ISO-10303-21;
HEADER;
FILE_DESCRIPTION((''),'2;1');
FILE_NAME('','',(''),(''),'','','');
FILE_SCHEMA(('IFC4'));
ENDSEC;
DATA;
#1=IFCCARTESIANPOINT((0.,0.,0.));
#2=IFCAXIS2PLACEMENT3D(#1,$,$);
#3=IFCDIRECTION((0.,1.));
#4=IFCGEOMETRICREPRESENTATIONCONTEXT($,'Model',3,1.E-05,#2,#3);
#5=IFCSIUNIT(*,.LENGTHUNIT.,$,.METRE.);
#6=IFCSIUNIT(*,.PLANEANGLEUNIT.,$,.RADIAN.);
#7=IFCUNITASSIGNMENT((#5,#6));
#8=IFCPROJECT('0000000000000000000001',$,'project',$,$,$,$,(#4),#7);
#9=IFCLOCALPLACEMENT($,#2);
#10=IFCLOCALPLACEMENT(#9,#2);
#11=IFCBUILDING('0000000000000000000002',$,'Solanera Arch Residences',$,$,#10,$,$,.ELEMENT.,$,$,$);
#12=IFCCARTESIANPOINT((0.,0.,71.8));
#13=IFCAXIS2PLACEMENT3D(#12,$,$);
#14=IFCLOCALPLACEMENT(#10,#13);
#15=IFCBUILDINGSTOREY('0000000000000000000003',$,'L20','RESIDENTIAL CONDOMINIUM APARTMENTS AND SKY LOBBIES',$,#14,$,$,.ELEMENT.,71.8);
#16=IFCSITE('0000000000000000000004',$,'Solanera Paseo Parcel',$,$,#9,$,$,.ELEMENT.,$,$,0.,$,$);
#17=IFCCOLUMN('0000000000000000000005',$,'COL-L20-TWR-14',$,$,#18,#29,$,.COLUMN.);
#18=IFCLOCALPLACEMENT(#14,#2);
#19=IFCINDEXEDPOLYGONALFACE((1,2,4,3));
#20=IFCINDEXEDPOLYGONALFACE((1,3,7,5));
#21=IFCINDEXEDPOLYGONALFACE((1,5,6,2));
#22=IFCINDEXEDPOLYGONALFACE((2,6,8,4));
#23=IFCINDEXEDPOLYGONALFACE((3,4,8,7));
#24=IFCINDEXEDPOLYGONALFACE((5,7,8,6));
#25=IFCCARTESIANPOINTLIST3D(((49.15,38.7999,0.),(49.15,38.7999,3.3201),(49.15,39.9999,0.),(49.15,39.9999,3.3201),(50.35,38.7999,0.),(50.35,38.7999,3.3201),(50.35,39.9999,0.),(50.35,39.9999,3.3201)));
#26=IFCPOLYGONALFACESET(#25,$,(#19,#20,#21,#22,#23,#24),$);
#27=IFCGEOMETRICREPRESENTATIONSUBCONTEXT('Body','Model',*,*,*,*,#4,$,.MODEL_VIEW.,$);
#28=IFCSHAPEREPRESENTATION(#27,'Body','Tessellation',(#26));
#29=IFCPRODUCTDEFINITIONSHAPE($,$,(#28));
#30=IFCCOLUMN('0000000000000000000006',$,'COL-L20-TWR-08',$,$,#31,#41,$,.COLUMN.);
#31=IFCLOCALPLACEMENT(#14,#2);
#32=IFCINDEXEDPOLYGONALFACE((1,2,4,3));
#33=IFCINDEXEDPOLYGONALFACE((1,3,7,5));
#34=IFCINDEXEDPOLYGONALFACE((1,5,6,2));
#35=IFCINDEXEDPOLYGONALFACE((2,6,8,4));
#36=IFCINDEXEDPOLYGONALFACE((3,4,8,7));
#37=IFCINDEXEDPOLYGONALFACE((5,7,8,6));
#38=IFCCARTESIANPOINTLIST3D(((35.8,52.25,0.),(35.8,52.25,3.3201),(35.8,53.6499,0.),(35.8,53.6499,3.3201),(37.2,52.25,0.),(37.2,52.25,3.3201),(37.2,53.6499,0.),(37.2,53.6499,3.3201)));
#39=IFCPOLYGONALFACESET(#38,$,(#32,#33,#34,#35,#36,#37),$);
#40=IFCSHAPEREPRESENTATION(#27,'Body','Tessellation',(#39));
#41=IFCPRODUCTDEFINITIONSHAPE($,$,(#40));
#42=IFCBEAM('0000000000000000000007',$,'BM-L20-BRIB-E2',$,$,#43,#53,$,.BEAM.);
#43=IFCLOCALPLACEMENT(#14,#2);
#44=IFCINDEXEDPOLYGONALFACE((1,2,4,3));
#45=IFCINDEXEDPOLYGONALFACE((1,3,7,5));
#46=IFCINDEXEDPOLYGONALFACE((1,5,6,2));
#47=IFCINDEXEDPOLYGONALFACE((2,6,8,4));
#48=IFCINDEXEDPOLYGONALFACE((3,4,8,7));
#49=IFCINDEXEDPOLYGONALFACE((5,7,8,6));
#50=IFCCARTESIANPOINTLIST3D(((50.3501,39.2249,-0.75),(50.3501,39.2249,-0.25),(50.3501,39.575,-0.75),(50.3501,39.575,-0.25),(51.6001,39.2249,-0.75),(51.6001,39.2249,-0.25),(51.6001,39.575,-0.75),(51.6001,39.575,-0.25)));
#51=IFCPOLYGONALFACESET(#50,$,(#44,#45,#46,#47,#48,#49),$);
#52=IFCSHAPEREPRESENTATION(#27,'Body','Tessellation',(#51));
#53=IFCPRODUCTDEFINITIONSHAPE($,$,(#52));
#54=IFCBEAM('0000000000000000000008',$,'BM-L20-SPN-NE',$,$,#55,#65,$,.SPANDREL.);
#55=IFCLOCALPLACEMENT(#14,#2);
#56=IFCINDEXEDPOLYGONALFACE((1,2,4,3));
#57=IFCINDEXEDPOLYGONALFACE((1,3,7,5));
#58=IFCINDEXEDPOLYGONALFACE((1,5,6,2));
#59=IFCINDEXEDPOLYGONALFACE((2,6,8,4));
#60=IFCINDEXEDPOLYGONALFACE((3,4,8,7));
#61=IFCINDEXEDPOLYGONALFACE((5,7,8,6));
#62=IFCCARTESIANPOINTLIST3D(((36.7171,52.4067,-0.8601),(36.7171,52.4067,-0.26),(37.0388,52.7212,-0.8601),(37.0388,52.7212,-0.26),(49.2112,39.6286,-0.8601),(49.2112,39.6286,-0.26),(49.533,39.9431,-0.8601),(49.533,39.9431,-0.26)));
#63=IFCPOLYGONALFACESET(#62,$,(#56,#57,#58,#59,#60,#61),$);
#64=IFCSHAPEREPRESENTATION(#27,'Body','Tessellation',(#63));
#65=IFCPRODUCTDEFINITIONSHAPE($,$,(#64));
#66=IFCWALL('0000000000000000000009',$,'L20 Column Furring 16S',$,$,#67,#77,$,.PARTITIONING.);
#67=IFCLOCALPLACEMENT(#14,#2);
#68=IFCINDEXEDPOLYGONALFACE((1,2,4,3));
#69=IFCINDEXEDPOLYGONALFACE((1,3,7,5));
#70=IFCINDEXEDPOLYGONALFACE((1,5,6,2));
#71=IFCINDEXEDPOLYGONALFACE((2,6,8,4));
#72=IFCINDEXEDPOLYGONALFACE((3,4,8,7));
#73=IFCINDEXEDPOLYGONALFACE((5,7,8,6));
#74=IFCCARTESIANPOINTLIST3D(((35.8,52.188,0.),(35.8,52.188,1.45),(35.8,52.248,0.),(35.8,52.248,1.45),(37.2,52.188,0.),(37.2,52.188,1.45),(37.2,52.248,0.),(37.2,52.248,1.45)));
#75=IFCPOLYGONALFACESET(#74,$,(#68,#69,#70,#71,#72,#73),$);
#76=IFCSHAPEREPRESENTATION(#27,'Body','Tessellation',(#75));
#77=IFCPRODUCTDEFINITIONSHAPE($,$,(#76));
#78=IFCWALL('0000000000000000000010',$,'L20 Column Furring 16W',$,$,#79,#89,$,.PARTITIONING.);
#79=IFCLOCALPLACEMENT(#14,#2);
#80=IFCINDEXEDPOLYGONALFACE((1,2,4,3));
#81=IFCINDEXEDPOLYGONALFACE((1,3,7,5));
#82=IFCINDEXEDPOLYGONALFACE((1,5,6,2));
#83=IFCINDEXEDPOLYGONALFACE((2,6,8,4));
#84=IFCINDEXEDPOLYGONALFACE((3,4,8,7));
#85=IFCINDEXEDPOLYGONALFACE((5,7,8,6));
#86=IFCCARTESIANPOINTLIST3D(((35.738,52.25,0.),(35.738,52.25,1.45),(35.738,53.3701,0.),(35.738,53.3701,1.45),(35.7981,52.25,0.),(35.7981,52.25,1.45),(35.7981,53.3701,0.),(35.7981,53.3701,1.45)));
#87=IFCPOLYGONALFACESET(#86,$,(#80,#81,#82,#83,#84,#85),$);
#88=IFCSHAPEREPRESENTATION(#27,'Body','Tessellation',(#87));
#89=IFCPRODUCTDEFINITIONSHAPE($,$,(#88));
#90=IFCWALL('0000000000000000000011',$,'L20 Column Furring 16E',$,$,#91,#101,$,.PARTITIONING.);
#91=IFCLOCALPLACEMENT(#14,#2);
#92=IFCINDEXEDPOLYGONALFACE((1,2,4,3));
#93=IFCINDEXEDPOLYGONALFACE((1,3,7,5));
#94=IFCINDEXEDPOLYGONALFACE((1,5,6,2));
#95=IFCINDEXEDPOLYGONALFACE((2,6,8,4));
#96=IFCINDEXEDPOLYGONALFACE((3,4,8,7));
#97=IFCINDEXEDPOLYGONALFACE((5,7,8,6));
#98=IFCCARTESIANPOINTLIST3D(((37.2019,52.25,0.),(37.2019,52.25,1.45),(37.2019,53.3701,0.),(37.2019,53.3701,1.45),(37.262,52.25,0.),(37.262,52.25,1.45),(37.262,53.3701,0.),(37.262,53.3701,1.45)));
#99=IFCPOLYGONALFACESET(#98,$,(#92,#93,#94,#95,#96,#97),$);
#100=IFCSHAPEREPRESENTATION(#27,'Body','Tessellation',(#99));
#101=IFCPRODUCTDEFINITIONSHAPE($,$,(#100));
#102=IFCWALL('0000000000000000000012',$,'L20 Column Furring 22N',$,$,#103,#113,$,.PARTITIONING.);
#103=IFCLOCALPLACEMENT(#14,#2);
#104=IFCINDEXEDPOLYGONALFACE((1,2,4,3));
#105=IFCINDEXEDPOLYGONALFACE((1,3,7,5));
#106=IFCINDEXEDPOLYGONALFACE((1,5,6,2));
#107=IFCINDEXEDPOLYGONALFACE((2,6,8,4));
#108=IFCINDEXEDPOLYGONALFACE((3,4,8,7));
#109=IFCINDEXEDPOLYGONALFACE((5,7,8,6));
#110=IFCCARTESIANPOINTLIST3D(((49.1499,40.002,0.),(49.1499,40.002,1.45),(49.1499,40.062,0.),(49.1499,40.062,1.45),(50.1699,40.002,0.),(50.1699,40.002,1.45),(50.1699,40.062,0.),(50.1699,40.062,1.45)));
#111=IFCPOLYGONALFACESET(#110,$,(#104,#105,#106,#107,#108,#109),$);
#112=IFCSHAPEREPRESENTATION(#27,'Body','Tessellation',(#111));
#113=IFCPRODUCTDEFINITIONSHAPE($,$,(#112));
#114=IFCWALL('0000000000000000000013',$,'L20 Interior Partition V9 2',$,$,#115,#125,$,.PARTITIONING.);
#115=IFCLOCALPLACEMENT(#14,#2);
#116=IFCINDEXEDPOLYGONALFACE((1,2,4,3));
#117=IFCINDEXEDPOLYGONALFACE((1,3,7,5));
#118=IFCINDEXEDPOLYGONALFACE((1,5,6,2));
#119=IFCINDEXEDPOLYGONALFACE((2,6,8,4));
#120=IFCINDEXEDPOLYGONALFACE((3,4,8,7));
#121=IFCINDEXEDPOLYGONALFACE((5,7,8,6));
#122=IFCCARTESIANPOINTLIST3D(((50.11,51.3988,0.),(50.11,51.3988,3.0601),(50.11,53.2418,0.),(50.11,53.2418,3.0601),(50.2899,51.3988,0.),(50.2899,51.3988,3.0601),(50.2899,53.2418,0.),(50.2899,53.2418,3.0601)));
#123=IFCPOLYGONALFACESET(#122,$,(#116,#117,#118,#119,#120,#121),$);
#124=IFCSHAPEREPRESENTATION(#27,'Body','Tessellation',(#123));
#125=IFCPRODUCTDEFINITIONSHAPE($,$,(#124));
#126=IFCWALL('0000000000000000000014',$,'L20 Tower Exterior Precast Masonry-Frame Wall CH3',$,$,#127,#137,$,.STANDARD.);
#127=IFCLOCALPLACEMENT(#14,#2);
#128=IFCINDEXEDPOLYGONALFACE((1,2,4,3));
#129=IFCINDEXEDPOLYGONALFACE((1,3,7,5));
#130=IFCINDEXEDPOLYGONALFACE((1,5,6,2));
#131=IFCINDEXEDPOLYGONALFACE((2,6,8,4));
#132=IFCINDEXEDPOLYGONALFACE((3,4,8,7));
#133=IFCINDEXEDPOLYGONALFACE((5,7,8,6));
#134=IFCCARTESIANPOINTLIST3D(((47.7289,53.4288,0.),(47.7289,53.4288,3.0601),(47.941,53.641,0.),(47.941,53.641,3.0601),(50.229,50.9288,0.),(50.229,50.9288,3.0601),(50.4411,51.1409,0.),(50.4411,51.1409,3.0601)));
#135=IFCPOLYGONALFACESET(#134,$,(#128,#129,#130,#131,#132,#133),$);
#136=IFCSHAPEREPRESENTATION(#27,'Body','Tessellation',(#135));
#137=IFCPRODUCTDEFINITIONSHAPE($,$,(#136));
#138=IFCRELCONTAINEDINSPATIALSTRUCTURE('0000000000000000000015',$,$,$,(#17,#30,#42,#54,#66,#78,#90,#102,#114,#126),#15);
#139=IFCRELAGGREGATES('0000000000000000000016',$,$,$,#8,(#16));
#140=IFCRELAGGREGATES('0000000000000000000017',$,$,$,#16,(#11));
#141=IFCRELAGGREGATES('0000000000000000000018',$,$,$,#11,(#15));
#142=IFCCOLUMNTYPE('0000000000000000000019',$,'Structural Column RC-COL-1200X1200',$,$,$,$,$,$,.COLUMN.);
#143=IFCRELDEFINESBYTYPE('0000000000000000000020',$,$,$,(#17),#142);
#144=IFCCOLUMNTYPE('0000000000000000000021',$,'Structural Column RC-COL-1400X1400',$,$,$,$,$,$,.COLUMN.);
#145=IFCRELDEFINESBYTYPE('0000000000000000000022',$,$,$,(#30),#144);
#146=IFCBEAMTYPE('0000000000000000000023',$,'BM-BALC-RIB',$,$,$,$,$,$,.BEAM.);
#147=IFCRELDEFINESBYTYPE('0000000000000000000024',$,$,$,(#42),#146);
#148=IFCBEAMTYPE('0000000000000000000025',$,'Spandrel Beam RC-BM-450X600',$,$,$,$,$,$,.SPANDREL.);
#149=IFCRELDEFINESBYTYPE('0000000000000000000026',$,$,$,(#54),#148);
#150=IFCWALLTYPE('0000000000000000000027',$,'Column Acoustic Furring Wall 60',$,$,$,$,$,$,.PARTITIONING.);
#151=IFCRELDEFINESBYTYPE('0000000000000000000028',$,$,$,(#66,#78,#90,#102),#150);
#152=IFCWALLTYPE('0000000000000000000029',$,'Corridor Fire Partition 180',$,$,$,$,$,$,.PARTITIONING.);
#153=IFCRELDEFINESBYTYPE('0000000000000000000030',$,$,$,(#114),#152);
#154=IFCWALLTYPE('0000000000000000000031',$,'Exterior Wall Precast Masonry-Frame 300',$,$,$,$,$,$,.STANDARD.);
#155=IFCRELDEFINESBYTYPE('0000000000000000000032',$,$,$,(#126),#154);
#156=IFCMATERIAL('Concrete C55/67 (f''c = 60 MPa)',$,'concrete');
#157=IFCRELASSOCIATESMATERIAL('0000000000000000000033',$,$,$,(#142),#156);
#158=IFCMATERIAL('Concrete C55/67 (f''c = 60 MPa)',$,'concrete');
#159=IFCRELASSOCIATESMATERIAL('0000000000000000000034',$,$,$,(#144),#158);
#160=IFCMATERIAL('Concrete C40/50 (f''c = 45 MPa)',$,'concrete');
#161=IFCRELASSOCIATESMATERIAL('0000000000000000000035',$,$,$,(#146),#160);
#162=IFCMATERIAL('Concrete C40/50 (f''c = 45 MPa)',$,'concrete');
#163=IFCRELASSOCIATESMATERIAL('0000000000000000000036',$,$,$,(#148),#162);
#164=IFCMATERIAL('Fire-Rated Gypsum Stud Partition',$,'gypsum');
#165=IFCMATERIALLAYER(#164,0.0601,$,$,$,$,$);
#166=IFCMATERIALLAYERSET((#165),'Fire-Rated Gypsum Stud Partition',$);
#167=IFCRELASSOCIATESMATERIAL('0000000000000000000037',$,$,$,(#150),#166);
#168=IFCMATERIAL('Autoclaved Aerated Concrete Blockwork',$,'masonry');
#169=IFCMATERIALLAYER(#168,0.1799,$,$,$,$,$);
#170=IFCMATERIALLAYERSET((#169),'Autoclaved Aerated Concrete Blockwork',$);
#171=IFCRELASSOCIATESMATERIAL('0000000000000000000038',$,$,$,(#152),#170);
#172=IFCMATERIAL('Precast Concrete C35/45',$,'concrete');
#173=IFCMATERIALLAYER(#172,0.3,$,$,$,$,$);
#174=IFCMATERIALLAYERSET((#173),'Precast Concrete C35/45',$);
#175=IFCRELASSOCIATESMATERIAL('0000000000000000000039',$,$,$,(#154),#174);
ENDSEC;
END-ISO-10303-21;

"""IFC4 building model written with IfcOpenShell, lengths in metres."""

from ifc_helpers import new_model, si_unit, direction, frame, frame_2d, origin, origin_2d, place, context, subcontext, project, spatial, rectangle, extrude, material, layer, layer_set, material_profile, profile_set, type_object, element, save


model = new_model("IFC4")

# Units and contexts
model_context = context("Model", 3, precision=1e-05, world=origin(), true_north=direction((0.0, 1.0)))
body_context = subcontext(model_context, "Body", "Model", "MODEL_VIEW")
ifc_project = project(units=[si_unit("LENGTHUNIT", "METRE"), si_unit("PLANEANGLEUNIT", "RADIAN")], contexts=[model_context])

# Site, building, storey
site_placement = place(None, origin())
site = spatial("IfcSite", under=ifc_project, at=site_placement, Name="Solanera Paseo Parcel", CompositionType="ELEMENT", RefElevation=0.0)
building_placement = place(site_placement, origin())
building = spatial("IfcBuilding", under=site, at=building_placement, Name="Solanera Arch Residences", CompositionType="ELEMENT")
storey_placement = place(building_placement, frame((0.0, 0.0, 71.8)))
storey = spatial("IfcBuildingStorey", under=building, at=storey_placement, Name="L20", Description="RESIDENTIAL CONDOMINIUM APARTMENTS AND SKY LOBBIES", CompositionType="ELEMENT", Elevation=71.8)

# Columns
ifc_material_1 = material(Name="Concrete C55/67 (f'c = 60 MPa)", Category="concrete")
ifc_material_profile_1 = material_profile(ifc_material_1, rectangle(XDim=1.2, YDim=1.2, at=origin_2d()))
ifc_profile_set_1 = profile_set([ifc_material_profile_1], Name="Concrete C55/67 (f'c = 60 MPa)")
column_type_1 = type_object("IfcColumnType", Name="Structural Column RC-COL-1200X1200", PredefinedType="COLUMN", material=ifc_profile_set_1)
column_1_placement = place(storey_placement, frame((49.75, 39.3999, 0.0), z_axis=(0.0, 0.0, 1.0), x_axis=(1.0, 0.0, 0.0)))
element("IfcColumn", 1, at=column_1_placement, inside=storey, type_object=column_type_1, Name="COL-L20-TWR-14", PredefinedType="COLUMN", context=body_context, shape_type="SweptSolid", body=[
    extrude(rectangle(XDim=1.2, YDim=1.2, at=origin_2d()), origin(), (0.0, 0.0, 1.0), 3.3201),
])
ifc_material_2 = material(Name="Concrete C55/67 (f'c = 60 MPa)", Category="concrete")
ifc_material_profile_2 = material_profile(ifc_material_2, rectangle(XDim=1.3999, YDim=1.3999, at=origin_2d()))
ifc_profile_set_2 = profile_set([ifc_material_profile_2], Name="Concrete C55/67 (f'c = 60 MPa)")
column_type_2 = type_object("IfcColumnType", Name="Structural Column RC-COL-1400X1400", PredefinedType="COLUMN", material=ifc_profile_set_2)
column_2_placement = place(storey_placement, frame((36.5, 52.95, 0.0), z_axis=(0.0, 0.0, 1.0), x_axis=(1.0, 0.0, 0.0)))
element("IfcColumn", 2, at=column_2_placement, inside=storey, type_object=column_type_2, Name="COL-L20-TWR-08", PredefinedType="COLUMN", context=body_context, shape_type="SweptSolid", body=[
    extrude(rectangle(XDim=1.3999, YDim=1.3999, at=origin_2d()), origin(), (0.0, 0.0, 1.0), 3.3201),
])

# Beams
ifc_material_3 = material(Name="Concrete C40/50 (f'c = 45 MPa)", Category="concrete")
ifc_material_profile_3 = material_profile(ifc_material_3, rectangle(XDim=0.3501, YDim=0.5, at=origin_2d()))
ifc_profile_set_3 = profile_set([ifc_material_profile_3], Name="Concrete C40/50 (f'c = 45 MPa)")
beam_type_1 = type_object("IfcBeamType", Name="BM-BALC-RIB", PredefinedType="BEAM", material=ifc_profile_set_3)
beam_1_placement = place(storey_placement, frame((50.3501, 39.3999, -0.5), z_axis=(1.0, 0.0, 0.0), x_axis=(0.0, 1.0, 0.0)))
element("IfcBeam", 3, at=beam_1_placement, inside=storey, type_object=beam_type_1, Name="BM-L20-BRIB-E2", PredefinedType="BEAM", context=body_context, shape_type="SweptSolid", body=[
    extrude(rectangle(XDim=0.3501, YDim=0.5, at=origin_2d()), origin(), (0.0, 0.0, 1.0), 1.25),
])
ifc_material_4 = material(Name="Concrete C40/50 (f'c = 45 MPa)", Category="concrete")
ifc_material_profile_4 = material_profile(ifc_material_4, rectangle(XDim=0.45, YDim=0.6001, at=origin_2d()))
ifc_profile_set_4 = profile_set([ifc_material_profile_4], Name="Concrete C40/50 (f'c = 45 MPa)")
beam_type_2 = type_object("IfcBeamType", Name="Spandrel Beam RC-BM-450X600", PredefinedType="SPANDREL", material=ifc_profile_set_4)
beam_2_placement = place(storey_placement, frame((36.8779, 52.564, -0.5601), z_axis=(0.699118, -0.715006, 0.0), x_axis=(0.715006, 0.699118, 0.0)))
element("IfcBeam", 4, at=beam_2_placement, inside=storey, type_object=beam_type_2, Name="BM-L20-SPN-NE", PredefinedType="SPANDREL", context=body_context, shape_type="SweptSolid", body=[
    extrude(rectangle(XDim=0.45, YDim=0.6001, at=origin_2d()), origin(), (0.0, 0.0, 1.0), 17.8713),
])

# Walls
ifc_material_5 = material(Name="Fire-Rated Gypsum Stud Partition", Category="gypsum")
ifc_layer_1 = layer(ifc_material_5, 0.0601)
ifc_layer_set_1 = layer_set([ifc_layer_1], Name="Fire-Rated Gypsum Stud Partition")
wall_type_1 = type_object("IfcWallType", Name="Column Acoustic Furring Wall 60", PredefinedType="PARTITIONING", material=ifc_layer_set_1)
wall_1_placement = place(storey_placement, frame((35.8, 52.218, 0.0), z_axis=(0.0, 0.0, 1.0), x_axis=(1.0, 0.0, 0.0)))
element("IfcWall", 5, at=wall_1_placement, inside=storey, type_object=wall_type_1, Name="L20 Column Furring 16S", PredefinedType="PARTITIONING", context=body_context, shape_type="SweptSolid", body=[
    extrude(rectangle(XDim=1.3999, YDim=0.0601, at=frame_2d((0.7, 0.0))), origin(), (0.0, 0.0, 1.0), 1.45),
])
for number, where, z_axis, x_axis, name in (
    (6, (35.7681, 52.25, 0.0), (0.0, 0.0, 1.0), (0.0, 1.0, 0.0), "L20 Column Furring 16W"),
    (7, (37.2319, 52.25, 0.0), (0.0, 0.0, 1.0), (0.0, 1.0, 0.0), "L20 Column Furring 16E"),
):
    element("IfcWall", number, at=place(storey_placement, frame(where, z_axis=z_axis, x_axis=x_axis)), inside=storey, type_object=wall_type_1, Name=name, PredefinedType="PARTITIONING", context=body_context, shape_type="SweptSolid", body=[
        extrude(rectangle(XDim=1.1201, YDim=0.0601, at=frame_2d((0.5601, 0.0))), origin(), (0.0, 0.0, 1.0), 1.45),
    ])
wall_2_placement = place(storey_placement, frame((49.1499, 40.032, 0.0), z_axis=(0.0, 0.0, 1.0), x_axis=(1.0, 0.0, 0.0)))
element("IfcWall", 8, at=wall_2_placement, inside=storey, type_object=wall_type_1, Name="L20 Column Furring 22N", PredefinedType="PARTITIONING", context=body_context, shape_type="SweptSolid", body=[
    extrude(rectangle(XDim=1.02, YDim=0.0601, at=frame_2d((0.51, 0.0))), origin(), (0.0, 0.0, 1.0), 1.45),
])
ifc_material_6 = material(Name="Autoclaved Aerated Concrete Blockwork", Category="masonry")
ifc_layer_2 = layer(ifc_material_6, 0.1799)
ifc_layer_set_2 = layer_set([ifc_layer_2], Name="Autoclaved Aerated Concrete Blockwork")
wall_type_2 = type_object("IfcWallType", Name="Corridor Fire Partition 180", PredefinedType="PARTITIONING", material=ifc_layer_set_2)
wall_3_placement = place(storey_placement, frame((50.2, 51.3989, 0.0), z_axis=(0.0, 0.0, 1.0), x_axis=(0.0, 1.0, 0.0)))
element("IfcWall", 9, at=wall_3_placement, inside=storey, type_object=wall_type_2, Name="L20 Interior Partition V9 2", PredefinedType="PARTITIONING", context=body_context, shape_type="SweptSolid", body=[
    extrude(rectangle(XDim=1.843, YDim=0.1799, at=frame_2d((0.9214, 0.0))), origin(), (0.0, 0.0, 1.0), 3.0601),
])
ifc_material_7 = material(Name="Precast Concrete C35/45", Category="concrete")
ifc_layer_3 = layer(ifc_material_7, 0.3)
ifc_layer_set_3 = layer_set([ifc_layer_3], Name="Precast Concrete C35/45")
wall_type_3 = type_object("IfcWallType", Name="Exterior Wall Precast Masonry-Frame 300", PredefinedType="STANDARD", material=ifc_layer_set_3)
wall_4_placement = place(storey_placement, frame((47.835, 53.5349, 0.0), z_axis=(0.0, 0.0, 1.0), x_axis=(0.707107, -0.707107, 0.0)))
element("IfcWall", 10, at=wall_4_placement, inside=storey, type_object=wall_type_3, Name="L20 Tower Exterior Precast Masonry-Frame Wall CH3", PredefinedType="STANDARD", context=body_context, shape_type="SweptSolid", body=[
    extrude(rectangle(XDim=3.5356, YDim=0.3, at=frame_2d((1.7678, 0.0))), origin(), (0.0, 0.0, 1.0), 3.0601),
])

save(model, "model.ifc")
